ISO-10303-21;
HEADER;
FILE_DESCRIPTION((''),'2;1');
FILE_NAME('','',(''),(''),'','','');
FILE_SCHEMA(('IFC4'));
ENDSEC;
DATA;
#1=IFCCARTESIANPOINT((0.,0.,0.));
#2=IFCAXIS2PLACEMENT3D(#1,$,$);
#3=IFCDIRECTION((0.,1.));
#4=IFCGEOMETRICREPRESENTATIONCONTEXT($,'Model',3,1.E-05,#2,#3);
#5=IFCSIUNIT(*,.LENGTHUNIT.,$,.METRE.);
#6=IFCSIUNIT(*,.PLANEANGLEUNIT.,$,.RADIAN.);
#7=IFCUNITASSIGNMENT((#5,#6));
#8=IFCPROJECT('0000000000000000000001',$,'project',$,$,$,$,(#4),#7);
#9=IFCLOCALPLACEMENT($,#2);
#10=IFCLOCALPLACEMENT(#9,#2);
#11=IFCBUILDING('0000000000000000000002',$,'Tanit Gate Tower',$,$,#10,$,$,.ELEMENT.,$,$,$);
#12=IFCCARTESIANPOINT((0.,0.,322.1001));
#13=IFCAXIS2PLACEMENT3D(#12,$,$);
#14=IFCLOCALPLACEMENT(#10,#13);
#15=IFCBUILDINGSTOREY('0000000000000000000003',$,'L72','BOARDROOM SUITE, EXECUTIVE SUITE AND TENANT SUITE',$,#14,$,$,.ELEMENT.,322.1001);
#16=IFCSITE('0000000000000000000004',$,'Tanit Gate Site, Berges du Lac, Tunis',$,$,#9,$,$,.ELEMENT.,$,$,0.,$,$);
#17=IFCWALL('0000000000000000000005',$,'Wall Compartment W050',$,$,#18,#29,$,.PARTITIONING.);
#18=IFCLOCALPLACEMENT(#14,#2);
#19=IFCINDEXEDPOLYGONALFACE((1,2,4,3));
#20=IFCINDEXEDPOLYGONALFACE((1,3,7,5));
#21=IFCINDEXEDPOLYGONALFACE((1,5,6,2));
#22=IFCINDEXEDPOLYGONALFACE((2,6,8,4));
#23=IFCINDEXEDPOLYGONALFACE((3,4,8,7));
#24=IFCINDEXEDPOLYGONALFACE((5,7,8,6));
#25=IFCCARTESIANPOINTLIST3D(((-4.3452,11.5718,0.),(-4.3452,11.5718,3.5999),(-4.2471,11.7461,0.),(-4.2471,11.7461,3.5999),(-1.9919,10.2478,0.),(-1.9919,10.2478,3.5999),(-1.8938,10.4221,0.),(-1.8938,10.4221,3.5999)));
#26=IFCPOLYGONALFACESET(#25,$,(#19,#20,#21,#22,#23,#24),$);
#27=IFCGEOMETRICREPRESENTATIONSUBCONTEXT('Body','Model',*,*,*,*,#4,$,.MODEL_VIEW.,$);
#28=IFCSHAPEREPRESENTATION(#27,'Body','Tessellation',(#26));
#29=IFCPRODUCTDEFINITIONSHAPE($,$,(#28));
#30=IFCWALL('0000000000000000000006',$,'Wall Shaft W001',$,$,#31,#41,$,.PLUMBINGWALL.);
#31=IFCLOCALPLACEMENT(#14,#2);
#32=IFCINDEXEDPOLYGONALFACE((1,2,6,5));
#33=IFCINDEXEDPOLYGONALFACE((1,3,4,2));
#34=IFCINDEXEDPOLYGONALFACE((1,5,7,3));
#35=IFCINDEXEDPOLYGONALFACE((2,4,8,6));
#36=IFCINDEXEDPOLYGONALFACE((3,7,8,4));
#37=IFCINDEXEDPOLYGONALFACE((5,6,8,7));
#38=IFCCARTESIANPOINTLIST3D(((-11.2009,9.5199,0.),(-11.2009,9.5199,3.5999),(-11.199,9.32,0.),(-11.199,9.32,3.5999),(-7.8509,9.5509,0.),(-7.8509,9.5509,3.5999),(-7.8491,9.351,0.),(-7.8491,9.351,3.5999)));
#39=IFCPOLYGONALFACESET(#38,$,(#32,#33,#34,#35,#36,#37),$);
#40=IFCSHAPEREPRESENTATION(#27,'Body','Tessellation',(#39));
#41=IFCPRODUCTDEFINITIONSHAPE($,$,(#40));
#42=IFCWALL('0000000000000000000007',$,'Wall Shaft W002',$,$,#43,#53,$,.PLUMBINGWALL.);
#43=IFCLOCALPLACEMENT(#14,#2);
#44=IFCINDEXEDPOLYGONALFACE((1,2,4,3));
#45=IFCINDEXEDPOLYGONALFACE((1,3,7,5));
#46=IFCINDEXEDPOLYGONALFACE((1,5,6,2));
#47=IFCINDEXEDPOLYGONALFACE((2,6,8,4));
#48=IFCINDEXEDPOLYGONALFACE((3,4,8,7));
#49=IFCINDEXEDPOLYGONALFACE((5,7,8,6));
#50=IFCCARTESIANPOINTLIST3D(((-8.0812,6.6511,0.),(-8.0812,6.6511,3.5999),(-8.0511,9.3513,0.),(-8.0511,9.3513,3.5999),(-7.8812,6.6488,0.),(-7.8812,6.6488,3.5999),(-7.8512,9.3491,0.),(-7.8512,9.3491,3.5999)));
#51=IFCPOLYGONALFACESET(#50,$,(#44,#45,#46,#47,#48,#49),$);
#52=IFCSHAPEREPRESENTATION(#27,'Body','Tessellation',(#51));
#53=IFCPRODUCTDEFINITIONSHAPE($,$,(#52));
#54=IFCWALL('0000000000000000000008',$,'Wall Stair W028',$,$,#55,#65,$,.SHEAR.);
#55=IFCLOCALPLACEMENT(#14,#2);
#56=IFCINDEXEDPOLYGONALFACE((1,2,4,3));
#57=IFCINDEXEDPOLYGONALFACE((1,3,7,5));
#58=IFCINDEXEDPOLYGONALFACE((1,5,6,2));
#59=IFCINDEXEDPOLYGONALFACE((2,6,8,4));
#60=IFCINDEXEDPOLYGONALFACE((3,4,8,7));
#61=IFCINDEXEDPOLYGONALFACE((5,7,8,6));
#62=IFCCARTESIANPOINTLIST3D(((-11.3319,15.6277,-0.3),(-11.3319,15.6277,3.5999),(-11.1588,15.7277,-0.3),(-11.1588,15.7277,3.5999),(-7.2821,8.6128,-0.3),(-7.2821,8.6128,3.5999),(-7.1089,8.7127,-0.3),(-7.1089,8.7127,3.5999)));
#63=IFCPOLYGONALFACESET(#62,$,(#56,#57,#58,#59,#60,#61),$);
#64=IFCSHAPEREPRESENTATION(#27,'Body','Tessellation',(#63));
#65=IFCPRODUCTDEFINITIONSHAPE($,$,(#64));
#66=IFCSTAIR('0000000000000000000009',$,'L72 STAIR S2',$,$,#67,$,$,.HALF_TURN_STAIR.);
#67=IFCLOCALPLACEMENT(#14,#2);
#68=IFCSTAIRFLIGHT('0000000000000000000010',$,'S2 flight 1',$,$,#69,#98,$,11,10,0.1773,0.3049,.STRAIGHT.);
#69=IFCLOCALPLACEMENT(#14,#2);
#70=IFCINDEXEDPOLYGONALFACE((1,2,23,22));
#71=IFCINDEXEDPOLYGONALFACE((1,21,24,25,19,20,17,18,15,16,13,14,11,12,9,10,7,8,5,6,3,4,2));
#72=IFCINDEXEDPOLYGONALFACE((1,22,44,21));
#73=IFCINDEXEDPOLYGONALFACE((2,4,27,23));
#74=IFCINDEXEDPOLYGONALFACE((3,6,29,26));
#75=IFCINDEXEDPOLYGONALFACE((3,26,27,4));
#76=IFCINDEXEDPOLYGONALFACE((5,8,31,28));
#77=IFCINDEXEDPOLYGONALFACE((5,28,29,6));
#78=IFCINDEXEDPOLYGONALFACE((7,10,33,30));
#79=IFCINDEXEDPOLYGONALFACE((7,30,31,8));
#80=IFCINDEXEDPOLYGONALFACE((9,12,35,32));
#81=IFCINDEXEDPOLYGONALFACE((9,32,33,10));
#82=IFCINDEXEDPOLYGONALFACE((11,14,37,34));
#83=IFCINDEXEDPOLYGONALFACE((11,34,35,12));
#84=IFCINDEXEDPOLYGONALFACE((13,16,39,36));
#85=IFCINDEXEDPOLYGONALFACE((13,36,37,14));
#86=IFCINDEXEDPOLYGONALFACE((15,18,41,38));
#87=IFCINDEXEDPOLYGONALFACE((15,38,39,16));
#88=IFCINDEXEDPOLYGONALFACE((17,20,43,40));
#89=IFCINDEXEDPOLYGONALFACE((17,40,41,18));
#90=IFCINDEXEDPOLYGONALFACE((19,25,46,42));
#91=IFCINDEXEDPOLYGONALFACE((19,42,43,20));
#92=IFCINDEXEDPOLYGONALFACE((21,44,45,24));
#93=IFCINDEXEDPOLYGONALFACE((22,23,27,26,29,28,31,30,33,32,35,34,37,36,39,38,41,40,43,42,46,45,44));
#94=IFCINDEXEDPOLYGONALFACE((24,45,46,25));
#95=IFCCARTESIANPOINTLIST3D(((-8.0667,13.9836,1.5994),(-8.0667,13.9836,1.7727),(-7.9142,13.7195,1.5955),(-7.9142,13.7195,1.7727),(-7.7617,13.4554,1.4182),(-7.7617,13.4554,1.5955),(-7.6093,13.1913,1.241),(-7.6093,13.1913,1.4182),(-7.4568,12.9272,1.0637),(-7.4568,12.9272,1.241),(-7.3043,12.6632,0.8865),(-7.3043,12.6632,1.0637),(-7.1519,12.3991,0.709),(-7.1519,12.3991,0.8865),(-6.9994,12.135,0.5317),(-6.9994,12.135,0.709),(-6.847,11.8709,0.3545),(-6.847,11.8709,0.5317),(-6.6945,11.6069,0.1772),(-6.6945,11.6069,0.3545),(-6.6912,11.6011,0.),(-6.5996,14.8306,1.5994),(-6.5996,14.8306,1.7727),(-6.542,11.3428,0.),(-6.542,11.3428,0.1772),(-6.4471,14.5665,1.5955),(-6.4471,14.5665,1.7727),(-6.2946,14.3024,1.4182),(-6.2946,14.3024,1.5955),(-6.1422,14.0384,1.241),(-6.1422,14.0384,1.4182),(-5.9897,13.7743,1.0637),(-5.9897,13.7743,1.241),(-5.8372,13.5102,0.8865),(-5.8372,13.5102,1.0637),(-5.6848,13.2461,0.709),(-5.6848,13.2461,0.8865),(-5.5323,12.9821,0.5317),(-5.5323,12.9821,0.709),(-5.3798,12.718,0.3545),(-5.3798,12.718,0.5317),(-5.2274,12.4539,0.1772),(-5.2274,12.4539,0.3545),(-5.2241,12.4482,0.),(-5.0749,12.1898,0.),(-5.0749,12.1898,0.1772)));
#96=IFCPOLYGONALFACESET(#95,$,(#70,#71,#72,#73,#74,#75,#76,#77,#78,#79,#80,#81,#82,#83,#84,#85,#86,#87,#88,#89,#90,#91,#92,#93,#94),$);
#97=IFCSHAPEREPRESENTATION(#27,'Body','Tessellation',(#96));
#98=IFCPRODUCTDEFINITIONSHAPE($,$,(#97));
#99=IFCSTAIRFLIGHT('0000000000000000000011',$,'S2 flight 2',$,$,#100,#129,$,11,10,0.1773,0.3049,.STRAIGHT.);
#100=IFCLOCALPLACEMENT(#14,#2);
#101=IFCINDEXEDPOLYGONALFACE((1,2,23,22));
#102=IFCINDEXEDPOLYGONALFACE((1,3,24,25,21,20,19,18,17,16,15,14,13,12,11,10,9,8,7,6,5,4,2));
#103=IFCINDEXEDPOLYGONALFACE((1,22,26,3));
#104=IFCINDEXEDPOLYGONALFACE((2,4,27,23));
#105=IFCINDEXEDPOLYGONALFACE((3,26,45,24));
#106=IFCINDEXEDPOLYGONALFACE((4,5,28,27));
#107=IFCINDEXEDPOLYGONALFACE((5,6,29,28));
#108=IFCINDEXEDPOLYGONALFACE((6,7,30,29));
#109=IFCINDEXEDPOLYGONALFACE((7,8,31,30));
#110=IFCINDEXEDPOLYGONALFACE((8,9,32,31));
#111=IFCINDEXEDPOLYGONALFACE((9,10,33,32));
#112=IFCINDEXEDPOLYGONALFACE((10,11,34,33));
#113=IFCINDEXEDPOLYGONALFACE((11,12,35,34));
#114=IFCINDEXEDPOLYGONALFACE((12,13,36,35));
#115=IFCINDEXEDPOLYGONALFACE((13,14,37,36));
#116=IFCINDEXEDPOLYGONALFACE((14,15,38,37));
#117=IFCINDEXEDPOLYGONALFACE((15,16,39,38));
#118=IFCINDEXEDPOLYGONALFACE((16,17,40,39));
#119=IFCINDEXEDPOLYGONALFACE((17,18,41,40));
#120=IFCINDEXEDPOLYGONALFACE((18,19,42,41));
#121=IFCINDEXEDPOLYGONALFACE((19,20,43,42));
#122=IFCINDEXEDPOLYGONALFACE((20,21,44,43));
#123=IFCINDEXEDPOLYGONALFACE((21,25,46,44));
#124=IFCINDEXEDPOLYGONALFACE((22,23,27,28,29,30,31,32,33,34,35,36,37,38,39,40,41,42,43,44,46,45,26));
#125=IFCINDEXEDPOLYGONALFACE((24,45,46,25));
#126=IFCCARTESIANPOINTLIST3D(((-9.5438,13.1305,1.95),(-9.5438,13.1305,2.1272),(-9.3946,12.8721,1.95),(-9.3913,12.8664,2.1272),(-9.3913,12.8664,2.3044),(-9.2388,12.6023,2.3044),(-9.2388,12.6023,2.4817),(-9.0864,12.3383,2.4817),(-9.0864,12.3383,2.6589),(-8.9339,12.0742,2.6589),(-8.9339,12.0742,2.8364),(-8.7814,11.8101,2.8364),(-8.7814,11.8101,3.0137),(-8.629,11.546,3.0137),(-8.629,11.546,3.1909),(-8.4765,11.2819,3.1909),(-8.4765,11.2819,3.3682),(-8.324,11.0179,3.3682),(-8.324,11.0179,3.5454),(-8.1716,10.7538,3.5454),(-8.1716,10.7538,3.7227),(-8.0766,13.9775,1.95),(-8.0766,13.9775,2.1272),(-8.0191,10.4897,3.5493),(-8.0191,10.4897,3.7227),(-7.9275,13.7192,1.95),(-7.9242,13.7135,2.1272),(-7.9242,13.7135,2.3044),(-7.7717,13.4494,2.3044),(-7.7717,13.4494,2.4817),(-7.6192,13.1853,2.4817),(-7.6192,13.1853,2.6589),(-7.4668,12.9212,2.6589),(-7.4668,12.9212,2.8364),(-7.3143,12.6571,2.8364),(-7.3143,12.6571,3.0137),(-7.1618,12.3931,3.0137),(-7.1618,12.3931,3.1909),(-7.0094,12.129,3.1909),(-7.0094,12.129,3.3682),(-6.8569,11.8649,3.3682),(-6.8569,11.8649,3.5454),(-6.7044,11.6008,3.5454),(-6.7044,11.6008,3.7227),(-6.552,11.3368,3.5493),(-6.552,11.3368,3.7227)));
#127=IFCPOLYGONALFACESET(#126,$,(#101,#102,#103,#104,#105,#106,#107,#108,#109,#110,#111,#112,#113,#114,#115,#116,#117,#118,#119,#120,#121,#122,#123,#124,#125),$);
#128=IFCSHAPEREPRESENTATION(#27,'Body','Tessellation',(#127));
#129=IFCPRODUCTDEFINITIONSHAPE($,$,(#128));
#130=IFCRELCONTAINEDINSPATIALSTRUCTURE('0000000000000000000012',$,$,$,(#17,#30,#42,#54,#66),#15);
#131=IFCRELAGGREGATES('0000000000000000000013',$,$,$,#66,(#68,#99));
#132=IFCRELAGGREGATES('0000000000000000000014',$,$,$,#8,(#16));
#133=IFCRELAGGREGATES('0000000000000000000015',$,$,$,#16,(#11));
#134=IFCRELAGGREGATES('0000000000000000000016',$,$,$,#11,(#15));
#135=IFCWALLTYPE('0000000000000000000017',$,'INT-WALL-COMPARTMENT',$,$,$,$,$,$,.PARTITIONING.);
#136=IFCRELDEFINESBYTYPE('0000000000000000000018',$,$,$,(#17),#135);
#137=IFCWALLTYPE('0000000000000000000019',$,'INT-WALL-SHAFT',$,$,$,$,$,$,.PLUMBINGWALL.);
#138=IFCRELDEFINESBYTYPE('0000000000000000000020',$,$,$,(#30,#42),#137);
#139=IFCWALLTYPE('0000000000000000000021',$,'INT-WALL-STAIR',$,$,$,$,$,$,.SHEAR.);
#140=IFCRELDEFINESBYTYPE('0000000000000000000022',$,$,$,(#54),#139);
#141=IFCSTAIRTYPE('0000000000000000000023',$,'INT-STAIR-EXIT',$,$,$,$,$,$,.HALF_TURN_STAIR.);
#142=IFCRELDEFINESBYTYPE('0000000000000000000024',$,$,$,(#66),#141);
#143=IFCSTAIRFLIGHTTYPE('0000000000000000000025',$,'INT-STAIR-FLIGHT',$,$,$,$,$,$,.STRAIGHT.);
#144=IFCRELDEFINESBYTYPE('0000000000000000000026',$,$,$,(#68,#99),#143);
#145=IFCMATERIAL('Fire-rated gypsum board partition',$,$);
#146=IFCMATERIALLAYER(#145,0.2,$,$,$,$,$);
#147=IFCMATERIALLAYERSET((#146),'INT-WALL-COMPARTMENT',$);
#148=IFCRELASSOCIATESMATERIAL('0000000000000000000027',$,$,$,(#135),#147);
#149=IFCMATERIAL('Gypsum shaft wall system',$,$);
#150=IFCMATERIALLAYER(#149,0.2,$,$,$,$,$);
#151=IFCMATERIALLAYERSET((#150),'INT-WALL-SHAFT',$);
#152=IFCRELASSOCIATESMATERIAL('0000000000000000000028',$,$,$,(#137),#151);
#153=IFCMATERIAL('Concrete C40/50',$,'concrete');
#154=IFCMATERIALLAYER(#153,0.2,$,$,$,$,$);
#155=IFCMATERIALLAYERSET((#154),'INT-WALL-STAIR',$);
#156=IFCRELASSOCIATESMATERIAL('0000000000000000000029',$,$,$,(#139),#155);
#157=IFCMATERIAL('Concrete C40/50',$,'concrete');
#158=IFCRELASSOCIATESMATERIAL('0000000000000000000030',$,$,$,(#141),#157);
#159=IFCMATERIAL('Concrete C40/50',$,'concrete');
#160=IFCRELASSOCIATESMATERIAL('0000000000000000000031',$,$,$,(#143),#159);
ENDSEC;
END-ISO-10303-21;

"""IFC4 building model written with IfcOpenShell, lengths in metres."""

from ifc_helpers import new_model, si_unit, direction, frame, frame_2d, origin, place, context, subcontext, project, spatial, polyline, rectangle, outline, extrude, material, layer, layer_set, type_object, element, aggregate, save


model = new_model("IFC4")

# Units and contexts
model_context = context("Model", 3, precision=1e-05, world=origin(), true_north=direction((0.0, 1.0)))
body_context = subcontext(model_context, "Body", "Model", "MODEL_VIEW")
ifc_project = project(units=[si_unit("LENGTHUNIT", "METRE"), si_unit("PLANEANGLEUNIT", "RADIAN")], contexts=[model_context])

# Site, building, storey
site_placement = place(None, origin())
site = spatial("IfcSite", under=ifc_project, at=site_placement, Name="Tanit Gate Site, Berges du Lac, Tunis", CompositionType="ELEMENT", RefElevation=0.0)
building_placement = place(site_placement, origin())
building = spatial("IfcBuilding", under=site, at=building_placement, Name="Tanit Gate Tower", CompositionType="ELEMENT")
storey_placement = place(building_placement, frame((0.0, 0.0, 322.1001)))
storey = spatial("IfcBuildingStorey", under=building, at=storey_placement, Name="L72", Description="BOARDROOM SUITE, EXECUTIVE SUITE AND TENANT SUITE", CompositionType="ELEMENT", Elevation=322.1001)

# Walls
ifc_material_1 = material(Name="Fire-rated gypsum board partition")
ifc_layer_1 = layer(ifc_material_1, 0.2)
ifc_layer_set_1 = layer_set([ifc_layer_1], Name="INT-WALL-COMPARTMENT")
wall_type_1 = type_object("IfcWallType", Name="INT-WALL-COMPARTMENT", PredefinedType="PARTITIONING", material=ifc_layer_set_1)
wall_1_placement = place(storey_placement, frame((-4.2961, 11.6589, 0.0), z_axis=(0.0, 0.0, 1.0), x_axis=(0.871534, -0.490334, 0.0)))
element("IfcWall", 1, at=wall_1_placement, inside=storey, type_object=wall_type_1, Name="Wall Compartment W050", PredefinedType="PARTITIONING", context=body_context, shape_type="SweptSolid", body=[
    extrude(rectangle(XDim=2.7002, YDim=0.2, at=frame_2d((1.3501, 0.0))), origin(), (0.0, 0.0, 1.0), 3.5999),
])
ifc_material_2 = material(Name="Gypsum shaft wall system")
ifc_layer_2 = layer(ifc_material_2, 0.2)
ifc_layer_set_2 = layer_set([ifc_layer_2], Name="INT-WALL-SHAFT")
wall_type_2 = type_object("IfcWallType", Name="INT-WALL-SHAFT", PredefinedType="PLUMBINGWALL", material=ifc_layer_set_2)
wall_2_placement = place(storey_placement, frame((-11.2, 9.4199, 0.0), z_axis=(0.0, 0.0, 1.0), x_axis=(0.999957, 0.009255, 0.0)))
element("IfcWall", 2, at=wall_2_placement, inside=storey, type_object=wall_type_2, Name="Wall Shaft W001", PredefinedType="PLUMBINGWALL", context=body_context, shape_type="SweptSolid", body=[
    extrude(rectangle(XDim=3.3501, YDim=0.2, at=frame_2d((1.675, 0.0))), origin(), (0.0, 0.0, 1.0), 3.5999),
])
wall_3_placement = place(storey_placement, frame((-7.9512, 9.3501, 0.0), z_axis=(0.0, 0.0, 1.0), x_axis=(-0.01112, -0.999938, 0.0)))
element("IfcWall", 3, at=wall_3_placement, inside=storey, type_object=wall_type_2, Name="Wall Shaft W002", PredefinedType="PLUMBINGWALL", context=body_context, shape_type="SweptSolid", body=[
    extrude(rectangle(XDim=2.7004, YDim=0.2, at=frame_2d((1.3501, 0.0))), origin(), (0.0, 0.0, 1.0), 3.5999),
])
ifc_material_3 = material(Name="Concrete C40/50", Category="concrete")
ifc_layer_3 = layer(ifc_material_3, 0.2)
ifc_layer_set_3 = layer_set([ifc_layer_3], Name="INT-WALL-STAIR")
wall_type_3 = type_object("IfcWallType", Name="INT-WALL-STAIR", PredefinedType="SHEAR", material=ifc_layer_set_3)
wall_4_placement = place(storey_placement, frame((-11.2454, 15.6777, -0.3), z_axis=(0.0, 0.0, 1.0), x_axis=(0.499977, -0.866039, 0.0)))
element("IfcWall", 4, at=wall_4_placement, inside=storey, type_object=wall_type_3, Name="Wall Stair W028", PredefinedType="SHEAR", context=body_context, shape_type="SweptSolid", body=[
    extrude(rectangle(XDim=8.1001, YDim=0.2, at=frame_2d((4.05, 0.0))), origin(), (0.0, 0.0, 1.0), 3.8999),
])

# Stair, stair flights
ifc_material_4 = material(Name="Concrete C40/50", Category="concrete")
stair_type = type_object("IfcStairType", Name="INT-STAIR-EXIT", PredefinedType="HALF_TURN_STAIR", material=ifc_material_4)
stair_placement = place(storey_placement, origin())
stair = element("IfcStair", 5, at=stair_placement, inside=storey, type_object=stair_type, Name="L72 STAIR S2", PredefinedType="HALF_TURN_STAIR")
ifc_material_5 = material(Name="Concrete C40/50", Category="concrete")
stair_flight_type = type_object("IfcStairFlightType", Name="INT-STAIR-FLIGHT", PredefinedType="STRAIGHT", material=ifc_material_5)
stair_flight_1_placement = place(storey_placement, frame((-5.8083, 11.7664, 0.0), z_axis=(0.0, 0.0, 1.0), x_axis=(-0.5, 0.866025, 0.0)))
stair_flight_1 = element("IfcStairFlight", 6, at=stair_flight_1_placement, type_object=stair_flight_type, Name="S2 flight 1", NumberOfRisers=11, NumberOfTreads=10, PredefinedType="STRAIGHT", RiserHeight=0.1773, TreadLength=0.3049, context=body_context, shape_type="SweptSolid", body=[
    extrude(outline(polyline([(0.0, 0.0), (0.0, 0.1772), (0.3049, 0.1772), (0.3049, 0.3545), (0.6099, 0.3545), (0.6099, 0.5317), (0.9148, 0.5317), (0.9148, 0.709), (1.2197, 0.709), (1.2197, 0.8865), (1.5247, 0.8865), (1.5247, 1.0637), (1.8296, 1.0637), (1.8296, 1.241), (2.1345, 1.241), (2.1345, 1.4182), (2.4395, 1.4182), (2.4395, 1.5955), (2.7444, 1.5955), (2.7444, 1.7727), (3.0493, 1.7727), (3.0493, 1.95), (3.0493, 1.5994), (0.2983, 0.0), (0.0, 0.0)])), frame((0.0, 0.8472, 0.0), z_axis=(0.0, -1.0, 0.0), x_axis=(1.0, 0.0, 0.0)), (0.0, 0.0, 1.0), 1.6941),
])
stair_flight_2_placement = place(storey_placement, frame((-8.8103, 13.554, 1.95), z_axis=(0.0, 0.0, 1.0), x_axis=(0.5, -0.866025, 0.0)))
stair_flight_2 = element("IfcStairFlight", 7, at=stair_flight_2_placement, type_object=stair_flight_type, Name="S2 flight 2", NumberOfRisers=11, NumberOfTreads=10, PredefinedType="STRAIGHT", RiserHeight=0.1773, TreadLength=0.3049, context=body_context, shape_type="SweptSolid", body=[
    extrude(outline(polyline([(0.0, 0.0), (0.0, 0.1772), (0.3049, 0.1772), (0.3049, 0.3545), (0.6099, 0.3545), (0.6099, 0.5317), (0.9148, 0.5317), (0.9148, 0.709), (1.2197, 0.709), (1.2197, 0.8865), (1.5247, 0.8865), (1.5247, 1.0637), (1.8296, 1.0637), (1.8296, 1.241), (2.1345, 1.241), (2.1345, 1.4182), (2.4395, 1.4182), (2.4395, 1.5955), (2.7444, 1.5955), (2.7444, 1.7727), (3.0493, 1.7727), (3.0493, 1.95), (3.0493, 1.5994), (0.2983, 0.0), (0.0, 0.0)])), frame((0.0, 0.8472, 0.0), z_axis=(0.0, -1.0, 0.0), x_axis=(1.0, 0.0, 0.0)), (0.0, 0.0, 1.0), 1.6941),
])
aggregate(stair, [stair_flight_1, stair_flight_2])

save(model, "model.ifc")
